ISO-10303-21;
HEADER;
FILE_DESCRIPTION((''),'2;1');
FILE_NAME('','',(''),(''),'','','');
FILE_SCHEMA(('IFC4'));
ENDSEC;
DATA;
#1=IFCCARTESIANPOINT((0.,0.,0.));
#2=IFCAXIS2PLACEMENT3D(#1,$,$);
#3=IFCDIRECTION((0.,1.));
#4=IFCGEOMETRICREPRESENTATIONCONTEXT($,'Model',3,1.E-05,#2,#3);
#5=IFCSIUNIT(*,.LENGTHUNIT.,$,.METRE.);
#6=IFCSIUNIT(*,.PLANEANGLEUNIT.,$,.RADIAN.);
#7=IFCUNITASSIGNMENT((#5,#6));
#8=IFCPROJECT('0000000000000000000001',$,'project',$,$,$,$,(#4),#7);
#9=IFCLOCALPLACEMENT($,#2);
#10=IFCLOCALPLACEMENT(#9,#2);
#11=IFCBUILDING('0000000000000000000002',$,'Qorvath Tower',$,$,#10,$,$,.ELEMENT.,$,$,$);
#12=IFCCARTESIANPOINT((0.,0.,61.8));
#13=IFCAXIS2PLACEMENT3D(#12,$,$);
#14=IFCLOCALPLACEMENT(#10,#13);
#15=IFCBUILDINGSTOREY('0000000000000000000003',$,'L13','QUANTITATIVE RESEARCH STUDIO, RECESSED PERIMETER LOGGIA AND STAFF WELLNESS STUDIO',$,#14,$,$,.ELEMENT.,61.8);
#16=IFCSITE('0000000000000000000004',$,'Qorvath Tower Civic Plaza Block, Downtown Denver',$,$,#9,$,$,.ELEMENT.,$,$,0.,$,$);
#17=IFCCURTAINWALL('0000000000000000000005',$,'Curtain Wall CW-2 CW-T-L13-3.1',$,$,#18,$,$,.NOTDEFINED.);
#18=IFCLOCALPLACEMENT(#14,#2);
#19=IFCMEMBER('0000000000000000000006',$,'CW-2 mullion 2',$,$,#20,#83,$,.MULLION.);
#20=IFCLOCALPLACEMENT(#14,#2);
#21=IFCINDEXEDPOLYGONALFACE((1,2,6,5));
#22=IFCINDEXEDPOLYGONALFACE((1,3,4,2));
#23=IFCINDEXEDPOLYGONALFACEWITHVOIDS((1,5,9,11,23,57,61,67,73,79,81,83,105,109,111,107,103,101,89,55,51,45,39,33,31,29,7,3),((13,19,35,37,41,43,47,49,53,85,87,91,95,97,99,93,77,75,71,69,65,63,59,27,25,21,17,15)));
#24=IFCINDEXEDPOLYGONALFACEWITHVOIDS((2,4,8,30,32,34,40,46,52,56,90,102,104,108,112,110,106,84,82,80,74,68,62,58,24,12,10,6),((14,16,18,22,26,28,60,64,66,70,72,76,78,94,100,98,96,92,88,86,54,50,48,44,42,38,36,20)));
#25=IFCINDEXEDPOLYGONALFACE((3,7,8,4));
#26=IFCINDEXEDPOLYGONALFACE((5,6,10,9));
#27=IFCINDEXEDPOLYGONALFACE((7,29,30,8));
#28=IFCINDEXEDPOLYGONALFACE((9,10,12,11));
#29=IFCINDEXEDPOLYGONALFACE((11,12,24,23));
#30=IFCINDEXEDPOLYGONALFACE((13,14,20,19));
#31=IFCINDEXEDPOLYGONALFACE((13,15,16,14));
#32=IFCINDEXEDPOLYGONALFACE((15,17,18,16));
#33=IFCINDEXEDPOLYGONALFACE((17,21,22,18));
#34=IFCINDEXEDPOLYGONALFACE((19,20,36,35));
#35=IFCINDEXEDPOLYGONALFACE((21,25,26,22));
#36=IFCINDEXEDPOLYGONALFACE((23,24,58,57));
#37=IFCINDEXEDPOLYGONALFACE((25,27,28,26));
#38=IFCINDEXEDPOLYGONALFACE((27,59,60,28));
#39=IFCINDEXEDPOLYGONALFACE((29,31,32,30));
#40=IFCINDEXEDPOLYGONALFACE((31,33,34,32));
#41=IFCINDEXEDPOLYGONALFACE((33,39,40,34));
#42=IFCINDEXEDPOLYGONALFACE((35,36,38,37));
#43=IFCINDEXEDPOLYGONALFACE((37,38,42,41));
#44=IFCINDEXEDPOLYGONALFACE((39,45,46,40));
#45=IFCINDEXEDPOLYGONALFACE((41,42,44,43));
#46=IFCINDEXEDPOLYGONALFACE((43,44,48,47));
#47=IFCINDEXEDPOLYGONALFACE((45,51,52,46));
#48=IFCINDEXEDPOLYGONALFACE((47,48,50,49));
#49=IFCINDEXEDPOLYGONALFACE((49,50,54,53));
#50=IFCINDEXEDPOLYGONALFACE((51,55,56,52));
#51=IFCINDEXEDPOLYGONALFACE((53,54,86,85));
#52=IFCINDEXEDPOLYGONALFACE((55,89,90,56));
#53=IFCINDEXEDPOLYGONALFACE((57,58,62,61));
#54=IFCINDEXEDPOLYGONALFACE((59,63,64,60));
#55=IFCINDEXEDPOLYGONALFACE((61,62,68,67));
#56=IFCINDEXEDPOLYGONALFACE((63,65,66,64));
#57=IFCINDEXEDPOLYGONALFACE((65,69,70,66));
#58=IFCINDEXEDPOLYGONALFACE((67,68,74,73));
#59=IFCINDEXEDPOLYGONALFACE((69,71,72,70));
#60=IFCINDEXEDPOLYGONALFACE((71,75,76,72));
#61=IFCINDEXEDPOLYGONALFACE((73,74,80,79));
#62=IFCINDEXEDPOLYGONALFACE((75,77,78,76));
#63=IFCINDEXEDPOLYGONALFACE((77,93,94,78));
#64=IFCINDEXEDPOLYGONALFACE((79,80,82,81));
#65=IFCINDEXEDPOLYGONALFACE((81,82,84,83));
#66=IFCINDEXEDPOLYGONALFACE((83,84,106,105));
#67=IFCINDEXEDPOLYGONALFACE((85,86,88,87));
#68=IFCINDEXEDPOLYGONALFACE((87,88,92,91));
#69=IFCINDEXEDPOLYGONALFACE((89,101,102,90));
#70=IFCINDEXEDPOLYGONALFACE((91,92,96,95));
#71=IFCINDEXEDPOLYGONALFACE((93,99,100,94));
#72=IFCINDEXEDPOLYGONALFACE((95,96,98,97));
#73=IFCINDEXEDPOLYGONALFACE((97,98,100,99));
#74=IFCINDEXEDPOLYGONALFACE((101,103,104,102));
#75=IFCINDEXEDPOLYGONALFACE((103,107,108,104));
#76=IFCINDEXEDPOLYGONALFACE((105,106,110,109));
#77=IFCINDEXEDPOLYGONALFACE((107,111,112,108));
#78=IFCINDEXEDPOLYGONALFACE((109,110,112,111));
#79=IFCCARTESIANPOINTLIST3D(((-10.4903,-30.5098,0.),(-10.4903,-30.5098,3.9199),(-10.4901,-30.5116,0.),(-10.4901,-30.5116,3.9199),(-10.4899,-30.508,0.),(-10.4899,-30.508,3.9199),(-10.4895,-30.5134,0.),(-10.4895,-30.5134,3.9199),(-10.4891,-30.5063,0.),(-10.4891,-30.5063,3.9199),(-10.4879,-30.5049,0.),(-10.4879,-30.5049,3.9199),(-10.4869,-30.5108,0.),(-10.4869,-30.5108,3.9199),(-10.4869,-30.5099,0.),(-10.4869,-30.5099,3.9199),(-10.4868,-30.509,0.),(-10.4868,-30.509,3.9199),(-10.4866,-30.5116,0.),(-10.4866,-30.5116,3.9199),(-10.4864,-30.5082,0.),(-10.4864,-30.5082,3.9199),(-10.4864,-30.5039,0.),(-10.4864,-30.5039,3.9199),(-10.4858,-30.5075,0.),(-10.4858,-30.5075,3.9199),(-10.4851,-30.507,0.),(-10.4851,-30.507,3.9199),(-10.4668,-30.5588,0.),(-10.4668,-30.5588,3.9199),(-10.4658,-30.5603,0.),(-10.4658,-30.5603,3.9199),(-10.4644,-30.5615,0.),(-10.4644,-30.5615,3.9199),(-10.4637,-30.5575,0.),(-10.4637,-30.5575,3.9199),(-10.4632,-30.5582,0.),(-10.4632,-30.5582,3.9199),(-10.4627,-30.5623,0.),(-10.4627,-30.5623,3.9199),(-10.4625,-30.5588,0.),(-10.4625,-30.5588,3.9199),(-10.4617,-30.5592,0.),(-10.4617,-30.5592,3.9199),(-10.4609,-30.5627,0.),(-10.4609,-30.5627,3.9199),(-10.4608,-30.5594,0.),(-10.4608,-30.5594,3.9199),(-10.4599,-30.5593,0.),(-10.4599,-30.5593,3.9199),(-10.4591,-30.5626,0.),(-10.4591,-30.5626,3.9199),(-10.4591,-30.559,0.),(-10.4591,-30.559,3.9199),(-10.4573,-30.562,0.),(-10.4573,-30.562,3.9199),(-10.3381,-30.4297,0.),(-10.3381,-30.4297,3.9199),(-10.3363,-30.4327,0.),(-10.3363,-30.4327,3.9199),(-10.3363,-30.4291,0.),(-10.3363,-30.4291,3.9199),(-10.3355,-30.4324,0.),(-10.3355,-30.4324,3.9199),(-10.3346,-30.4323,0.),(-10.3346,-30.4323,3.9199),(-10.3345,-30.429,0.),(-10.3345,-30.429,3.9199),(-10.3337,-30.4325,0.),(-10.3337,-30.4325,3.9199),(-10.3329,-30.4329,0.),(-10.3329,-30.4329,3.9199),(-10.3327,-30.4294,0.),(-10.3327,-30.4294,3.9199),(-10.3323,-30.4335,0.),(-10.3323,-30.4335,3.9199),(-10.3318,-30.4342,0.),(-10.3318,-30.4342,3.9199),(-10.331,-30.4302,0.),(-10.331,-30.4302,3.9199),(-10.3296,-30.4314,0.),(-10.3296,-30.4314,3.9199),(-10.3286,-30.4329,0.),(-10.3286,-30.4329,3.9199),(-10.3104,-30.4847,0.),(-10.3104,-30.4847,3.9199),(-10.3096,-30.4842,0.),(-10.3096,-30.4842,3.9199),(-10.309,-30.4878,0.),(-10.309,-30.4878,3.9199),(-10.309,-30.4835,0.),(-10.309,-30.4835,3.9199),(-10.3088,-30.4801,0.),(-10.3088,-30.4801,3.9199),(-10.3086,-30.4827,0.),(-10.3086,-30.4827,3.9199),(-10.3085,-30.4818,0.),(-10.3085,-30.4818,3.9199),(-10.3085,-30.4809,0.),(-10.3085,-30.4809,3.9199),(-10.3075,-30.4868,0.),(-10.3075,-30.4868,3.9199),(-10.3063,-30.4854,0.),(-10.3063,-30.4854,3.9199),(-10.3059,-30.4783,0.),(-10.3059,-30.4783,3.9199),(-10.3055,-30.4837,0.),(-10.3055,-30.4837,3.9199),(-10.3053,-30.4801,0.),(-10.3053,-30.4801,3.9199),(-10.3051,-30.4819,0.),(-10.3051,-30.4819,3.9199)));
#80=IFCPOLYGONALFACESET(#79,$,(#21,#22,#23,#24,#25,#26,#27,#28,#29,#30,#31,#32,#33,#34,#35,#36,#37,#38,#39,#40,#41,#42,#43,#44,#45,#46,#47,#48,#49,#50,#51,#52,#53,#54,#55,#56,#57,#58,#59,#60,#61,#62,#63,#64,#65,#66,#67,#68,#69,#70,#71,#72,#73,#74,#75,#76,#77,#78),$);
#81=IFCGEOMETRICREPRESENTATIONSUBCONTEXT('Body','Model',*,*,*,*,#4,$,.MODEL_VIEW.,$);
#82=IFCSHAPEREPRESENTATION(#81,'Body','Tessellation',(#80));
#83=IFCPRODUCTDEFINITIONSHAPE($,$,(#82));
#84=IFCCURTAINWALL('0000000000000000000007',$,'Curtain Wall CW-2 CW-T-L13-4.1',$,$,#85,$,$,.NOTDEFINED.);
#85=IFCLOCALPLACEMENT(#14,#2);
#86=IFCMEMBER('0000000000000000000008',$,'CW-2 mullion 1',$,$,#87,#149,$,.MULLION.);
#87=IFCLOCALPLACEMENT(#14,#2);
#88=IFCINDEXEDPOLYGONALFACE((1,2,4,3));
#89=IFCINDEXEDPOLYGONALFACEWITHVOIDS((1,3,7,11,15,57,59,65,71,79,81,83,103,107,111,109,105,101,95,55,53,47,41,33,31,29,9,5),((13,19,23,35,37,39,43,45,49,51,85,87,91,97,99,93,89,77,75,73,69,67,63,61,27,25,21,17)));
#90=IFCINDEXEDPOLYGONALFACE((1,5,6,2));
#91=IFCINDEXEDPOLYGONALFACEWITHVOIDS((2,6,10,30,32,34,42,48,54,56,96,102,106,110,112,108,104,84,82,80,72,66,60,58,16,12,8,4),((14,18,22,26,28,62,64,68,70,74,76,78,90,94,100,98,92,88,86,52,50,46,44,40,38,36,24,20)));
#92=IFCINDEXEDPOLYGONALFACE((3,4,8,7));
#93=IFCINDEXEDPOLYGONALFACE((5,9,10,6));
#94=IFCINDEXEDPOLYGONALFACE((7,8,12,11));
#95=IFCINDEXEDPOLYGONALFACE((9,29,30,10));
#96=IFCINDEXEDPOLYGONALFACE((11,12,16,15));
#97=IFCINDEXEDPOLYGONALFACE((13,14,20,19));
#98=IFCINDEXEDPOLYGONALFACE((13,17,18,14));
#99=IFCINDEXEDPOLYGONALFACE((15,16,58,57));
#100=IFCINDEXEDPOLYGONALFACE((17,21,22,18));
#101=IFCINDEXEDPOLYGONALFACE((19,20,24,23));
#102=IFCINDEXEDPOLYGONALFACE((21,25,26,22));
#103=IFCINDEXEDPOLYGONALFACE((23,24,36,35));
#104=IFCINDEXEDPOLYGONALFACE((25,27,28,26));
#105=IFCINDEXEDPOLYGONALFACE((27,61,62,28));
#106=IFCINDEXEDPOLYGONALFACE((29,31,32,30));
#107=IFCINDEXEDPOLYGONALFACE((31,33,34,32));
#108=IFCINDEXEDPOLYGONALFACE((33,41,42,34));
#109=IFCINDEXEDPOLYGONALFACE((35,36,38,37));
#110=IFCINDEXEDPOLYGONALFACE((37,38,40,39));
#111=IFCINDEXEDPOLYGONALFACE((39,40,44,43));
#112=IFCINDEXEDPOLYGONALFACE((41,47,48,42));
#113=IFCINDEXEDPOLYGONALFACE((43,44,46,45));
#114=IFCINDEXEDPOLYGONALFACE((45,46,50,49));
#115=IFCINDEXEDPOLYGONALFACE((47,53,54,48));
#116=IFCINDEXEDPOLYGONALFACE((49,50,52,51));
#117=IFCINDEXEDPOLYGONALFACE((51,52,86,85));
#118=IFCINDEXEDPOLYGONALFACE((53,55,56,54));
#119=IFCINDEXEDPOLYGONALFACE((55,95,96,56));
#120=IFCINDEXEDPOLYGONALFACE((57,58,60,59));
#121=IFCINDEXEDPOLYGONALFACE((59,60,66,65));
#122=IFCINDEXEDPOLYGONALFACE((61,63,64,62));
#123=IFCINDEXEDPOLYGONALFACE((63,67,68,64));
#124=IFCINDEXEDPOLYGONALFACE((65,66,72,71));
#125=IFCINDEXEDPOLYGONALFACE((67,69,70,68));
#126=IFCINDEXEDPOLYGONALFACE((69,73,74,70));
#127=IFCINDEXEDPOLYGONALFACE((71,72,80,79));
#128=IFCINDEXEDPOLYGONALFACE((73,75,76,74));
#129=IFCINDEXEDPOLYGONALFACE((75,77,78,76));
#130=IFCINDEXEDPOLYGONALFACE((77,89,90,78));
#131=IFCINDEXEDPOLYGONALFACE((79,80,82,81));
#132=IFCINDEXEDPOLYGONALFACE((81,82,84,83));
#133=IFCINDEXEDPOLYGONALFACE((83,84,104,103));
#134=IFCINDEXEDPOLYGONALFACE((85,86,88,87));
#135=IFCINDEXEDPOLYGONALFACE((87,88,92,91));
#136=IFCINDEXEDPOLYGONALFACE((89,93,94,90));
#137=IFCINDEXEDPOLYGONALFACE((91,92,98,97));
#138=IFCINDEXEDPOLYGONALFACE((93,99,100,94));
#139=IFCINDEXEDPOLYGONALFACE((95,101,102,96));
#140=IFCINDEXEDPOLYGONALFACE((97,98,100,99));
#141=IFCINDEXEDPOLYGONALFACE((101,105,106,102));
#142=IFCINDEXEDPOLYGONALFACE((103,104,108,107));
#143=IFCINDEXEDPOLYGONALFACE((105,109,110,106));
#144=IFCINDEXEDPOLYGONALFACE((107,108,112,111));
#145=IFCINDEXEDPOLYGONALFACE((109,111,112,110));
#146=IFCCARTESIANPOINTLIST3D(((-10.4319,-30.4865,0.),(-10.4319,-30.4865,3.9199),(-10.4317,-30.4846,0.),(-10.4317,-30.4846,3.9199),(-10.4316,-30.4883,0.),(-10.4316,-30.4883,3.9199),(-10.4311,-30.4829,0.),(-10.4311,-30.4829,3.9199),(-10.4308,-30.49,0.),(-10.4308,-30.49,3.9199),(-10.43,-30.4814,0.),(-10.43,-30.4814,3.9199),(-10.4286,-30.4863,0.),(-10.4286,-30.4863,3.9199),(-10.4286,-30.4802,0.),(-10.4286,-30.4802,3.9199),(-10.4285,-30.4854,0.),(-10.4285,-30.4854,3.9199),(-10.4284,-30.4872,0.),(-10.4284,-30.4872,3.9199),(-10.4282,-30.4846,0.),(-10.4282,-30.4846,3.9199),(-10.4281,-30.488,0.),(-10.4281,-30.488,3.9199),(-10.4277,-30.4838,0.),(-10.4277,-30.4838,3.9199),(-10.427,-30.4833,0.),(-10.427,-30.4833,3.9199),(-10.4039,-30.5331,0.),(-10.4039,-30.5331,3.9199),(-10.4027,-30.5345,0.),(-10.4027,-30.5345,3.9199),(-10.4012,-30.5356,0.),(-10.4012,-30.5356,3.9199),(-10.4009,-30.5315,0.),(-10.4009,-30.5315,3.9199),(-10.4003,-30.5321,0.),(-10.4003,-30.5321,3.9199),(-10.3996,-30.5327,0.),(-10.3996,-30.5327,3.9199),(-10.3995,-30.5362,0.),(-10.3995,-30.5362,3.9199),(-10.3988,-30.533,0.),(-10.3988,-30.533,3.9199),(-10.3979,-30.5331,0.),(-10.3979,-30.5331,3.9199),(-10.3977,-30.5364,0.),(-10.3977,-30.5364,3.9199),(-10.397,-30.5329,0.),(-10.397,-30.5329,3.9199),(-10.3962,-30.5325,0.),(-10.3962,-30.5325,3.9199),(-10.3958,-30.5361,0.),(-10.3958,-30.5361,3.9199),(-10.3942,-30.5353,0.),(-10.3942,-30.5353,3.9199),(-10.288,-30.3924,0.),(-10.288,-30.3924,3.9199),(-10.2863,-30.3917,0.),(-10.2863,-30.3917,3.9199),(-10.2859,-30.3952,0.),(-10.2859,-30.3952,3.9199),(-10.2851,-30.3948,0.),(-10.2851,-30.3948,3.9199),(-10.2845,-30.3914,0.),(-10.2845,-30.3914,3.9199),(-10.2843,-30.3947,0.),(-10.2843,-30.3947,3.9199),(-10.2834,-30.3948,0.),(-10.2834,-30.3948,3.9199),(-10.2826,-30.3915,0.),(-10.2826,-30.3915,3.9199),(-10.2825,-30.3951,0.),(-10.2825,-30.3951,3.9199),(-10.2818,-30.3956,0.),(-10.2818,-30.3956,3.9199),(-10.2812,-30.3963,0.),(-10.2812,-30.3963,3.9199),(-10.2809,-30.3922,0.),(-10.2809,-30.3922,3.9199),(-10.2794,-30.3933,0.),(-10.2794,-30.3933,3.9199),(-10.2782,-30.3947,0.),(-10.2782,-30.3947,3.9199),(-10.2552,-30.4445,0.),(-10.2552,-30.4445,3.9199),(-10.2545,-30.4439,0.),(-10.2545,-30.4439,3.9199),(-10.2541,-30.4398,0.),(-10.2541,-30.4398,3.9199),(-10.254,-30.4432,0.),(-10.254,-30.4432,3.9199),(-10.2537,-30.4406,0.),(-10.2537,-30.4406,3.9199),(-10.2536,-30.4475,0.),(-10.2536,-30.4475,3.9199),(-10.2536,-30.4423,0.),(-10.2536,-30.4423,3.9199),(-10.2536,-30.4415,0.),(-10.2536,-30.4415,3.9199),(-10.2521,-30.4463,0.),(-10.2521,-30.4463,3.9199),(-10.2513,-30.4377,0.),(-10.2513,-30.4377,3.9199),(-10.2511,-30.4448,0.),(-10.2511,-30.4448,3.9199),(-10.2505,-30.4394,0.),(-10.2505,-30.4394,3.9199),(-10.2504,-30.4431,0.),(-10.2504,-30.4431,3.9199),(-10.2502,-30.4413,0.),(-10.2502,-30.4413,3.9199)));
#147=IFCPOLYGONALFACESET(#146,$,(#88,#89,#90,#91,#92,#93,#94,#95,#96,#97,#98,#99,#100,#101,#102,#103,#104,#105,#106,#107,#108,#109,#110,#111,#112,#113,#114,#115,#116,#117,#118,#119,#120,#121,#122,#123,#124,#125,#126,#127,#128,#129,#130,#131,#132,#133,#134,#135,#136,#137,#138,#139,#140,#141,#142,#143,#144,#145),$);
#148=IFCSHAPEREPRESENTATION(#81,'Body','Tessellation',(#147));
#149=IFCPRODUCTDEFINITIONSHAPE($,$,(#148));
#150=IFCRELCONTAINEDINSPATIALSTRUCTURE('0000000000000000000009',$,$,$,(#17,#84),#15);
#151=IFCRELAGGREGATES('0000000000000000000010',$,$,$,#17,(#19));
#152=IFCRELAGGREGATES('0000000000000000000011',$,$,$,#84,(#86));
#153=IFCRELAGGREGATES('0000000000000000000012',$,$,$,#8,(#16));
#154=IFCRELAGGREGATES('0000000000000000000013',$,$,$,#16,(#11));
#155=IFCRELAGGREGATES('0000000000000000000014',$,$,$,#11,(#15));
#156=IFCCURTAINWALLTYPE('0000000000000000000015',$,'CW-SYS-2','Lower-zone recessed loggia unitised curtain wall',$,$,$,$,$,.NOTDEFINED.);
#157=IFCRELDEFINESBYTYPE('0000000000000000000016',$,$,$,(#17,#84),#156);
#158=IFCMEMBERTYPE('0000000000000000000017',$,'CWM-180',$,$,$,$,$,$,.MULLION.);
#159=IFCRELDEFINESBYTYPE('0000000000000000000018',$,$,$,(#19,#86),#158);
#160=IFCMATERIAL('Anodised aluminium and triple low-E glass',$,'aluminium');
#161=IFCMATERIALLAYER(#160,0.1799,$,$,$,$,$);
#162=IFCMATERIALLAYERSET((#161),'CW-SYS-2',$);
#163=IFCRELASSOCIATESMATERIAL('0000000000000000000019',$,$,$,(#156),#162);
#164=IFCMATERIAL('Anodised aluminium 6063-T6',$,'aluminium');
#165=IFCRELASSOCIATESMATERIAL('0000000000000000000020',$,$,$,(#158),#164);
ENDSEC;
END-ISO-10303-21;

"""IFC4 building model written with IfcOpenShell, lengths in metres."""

from ifc_helpers import new_model, si_unit, direction, frame, origin, origin_2d, place, context, subcontext, project, spatial, hollow_rectangle, extrude, material, layer, layer_set, material_profile, profile_set, type_object, element, aggregate, save


model = new_model("IFC4")

# Units and contexts
model_context = context("Model", 3, precision=1e-05, world=origin(), true_north=direction((0.0, 1.0)))
body_context = subcontext(model_context, "Body", "Model", "MODEL_VIEW")
ifc_project = project(units=[si_unit("LENGTHUNIT", "METRE"), si_unit("PLANEANGLEUNIT", "RADIAN")], contexts=[model_context])

# Site, building, storey
site_placement = place(None, origin())
site = spatial("IfcSite", under=ifc_project, at=site_placement, Name="Qorvath Tower Civic Plaza Block, Downtown Denver", CompositionType="ELEMENT", RefElevation=0.0)
building_placement = place(site_placement, origin())
building = spatial("IfcBuilding", under=site, at=building_placement, Name="Qorvath Tower", CompositionType="ELEMENT")
storey_placement = place(building_placement, frame((0.0, 0.0, 61.8)))
storey = spatial("IfcBuildingStorey", under=building, at=storey_placement, Name="L13", Description="QUANTITATIVE RESEARCH STUDIO, RECESSED PERIMETER LOGGIA AND STAFF WELLNESS STUDIO", CompositionType="ELEMENT", Elevation=61.8)

# Shared definitions
ifc_material_1 = material(Name="Anodised aluminium and triple low-E glass", Category="aluminium")
ifc_layer_1 = layer(ifc_material_1, 0.1799)
ifc_layer_set_1 = layer_set([ifc_layer_1], Name="CW-SYS-2")
curtain_wall_type = type_object("IfcCurtainWallType", Name="CW-SYS-2", Description="Lower-zone recessed loggia unitised curtain wall", PredefinedType="NOTDEFINED", material=ifc_layer_set_1)
ifc_material_2 = material(Name="Anodised aluminium 6063-T6", Category="aluminium")
ifc_material_profile_1 = material_profile(ifc_material_2, hollow_rectangle(XDim=0.0649, YDim=0.1799, WallThickness=0.0034, InnerFilletRadius=0.0034, OuterFilletRadius=0.0071, at=origin_2d()), Name="CWM 180x65")
ifc_profile_set_1 = profile_set([ifc_material_profile_1], Name="Anodised aluminium 6063-T6")
member_type_1 = type_object("IfcMemberType", Name="CWM-180", PredefinedType="MULLION", material=ifc_profile_set_1)

# Curtain walls, members
curtain_wall_1_placement = place(storey_placement, origin())
curtain_wall_1 = element("IfcCurtainWall", 1, at=curtain_wall_1_placement, inside=storey, type_object=curtain_wall_type, Name="Curtain Wall CW-2 CW-T-L13-3.1", PredefinedType="NOTDEFINED")
member_1_placement = place(storey_placement, frame((-10.3977, -30.4958, 0.0), z_axis=(0.0, 0.0, 1.0), x_axis=(-0.447214, 0.894427, 0.0)))
member_1 = element("IfcMember", 2, at=member_1_placement, type_object=member_type_1, Name="CW-2 mullion 2", PredefinedType="MULLION", context=body_context, shape_type="SweptSolid", body=[
    extrude(hollow_rectangle(XDim=0.0649, YDim=0.1799, WallThickness=0.0034, InnerFilletRadius=0.0034, OuterFilletRadius=0.0071, at=origin_2d()), origin(), (0.0, 0.0, 1.0), 3.9199),
])
curtain_wall_2_placement = place(storey_placement, origin())
curtain_wall_2 = element("IfcCurtainWall", 3, at=curtain_wall_2_placement, inside=storey, type_object=curtain_wall_type, Name="Curtain Wall CW-2 CW-T-L13-4.1", PredefinedType="NOTDEFINED")
member_2_placement = place(storey_placement, frame((-10.3411, -30.4639, 0.0), z_axis=(0.0, 0.0, 1.0), x_axis=(-0.529692, 0.84819, 0.0)))
member_2 = element("IfcMember", 4, at=member_2_placement, type_object=member_type_1, Name="CW-2 mullion 1", PredefinedType="MULLION", context=body_context, shape_type="SweptSolid", body=[
    extrude(hollow_rectangle(XDim=0.0649, YDim=0.1799, WallThickness=0.0034, InnerFilletRadius=0.0034, OuterFilletRadius=0.0071, at=origin_2d()), origin(), (0.0, 0.0, 1.0), 3.9199),
])

aggregate(curtain_wall_1, [member_1])
aggregate(curtain_wall_2, [member_2])

save(model, "model.ifc")
